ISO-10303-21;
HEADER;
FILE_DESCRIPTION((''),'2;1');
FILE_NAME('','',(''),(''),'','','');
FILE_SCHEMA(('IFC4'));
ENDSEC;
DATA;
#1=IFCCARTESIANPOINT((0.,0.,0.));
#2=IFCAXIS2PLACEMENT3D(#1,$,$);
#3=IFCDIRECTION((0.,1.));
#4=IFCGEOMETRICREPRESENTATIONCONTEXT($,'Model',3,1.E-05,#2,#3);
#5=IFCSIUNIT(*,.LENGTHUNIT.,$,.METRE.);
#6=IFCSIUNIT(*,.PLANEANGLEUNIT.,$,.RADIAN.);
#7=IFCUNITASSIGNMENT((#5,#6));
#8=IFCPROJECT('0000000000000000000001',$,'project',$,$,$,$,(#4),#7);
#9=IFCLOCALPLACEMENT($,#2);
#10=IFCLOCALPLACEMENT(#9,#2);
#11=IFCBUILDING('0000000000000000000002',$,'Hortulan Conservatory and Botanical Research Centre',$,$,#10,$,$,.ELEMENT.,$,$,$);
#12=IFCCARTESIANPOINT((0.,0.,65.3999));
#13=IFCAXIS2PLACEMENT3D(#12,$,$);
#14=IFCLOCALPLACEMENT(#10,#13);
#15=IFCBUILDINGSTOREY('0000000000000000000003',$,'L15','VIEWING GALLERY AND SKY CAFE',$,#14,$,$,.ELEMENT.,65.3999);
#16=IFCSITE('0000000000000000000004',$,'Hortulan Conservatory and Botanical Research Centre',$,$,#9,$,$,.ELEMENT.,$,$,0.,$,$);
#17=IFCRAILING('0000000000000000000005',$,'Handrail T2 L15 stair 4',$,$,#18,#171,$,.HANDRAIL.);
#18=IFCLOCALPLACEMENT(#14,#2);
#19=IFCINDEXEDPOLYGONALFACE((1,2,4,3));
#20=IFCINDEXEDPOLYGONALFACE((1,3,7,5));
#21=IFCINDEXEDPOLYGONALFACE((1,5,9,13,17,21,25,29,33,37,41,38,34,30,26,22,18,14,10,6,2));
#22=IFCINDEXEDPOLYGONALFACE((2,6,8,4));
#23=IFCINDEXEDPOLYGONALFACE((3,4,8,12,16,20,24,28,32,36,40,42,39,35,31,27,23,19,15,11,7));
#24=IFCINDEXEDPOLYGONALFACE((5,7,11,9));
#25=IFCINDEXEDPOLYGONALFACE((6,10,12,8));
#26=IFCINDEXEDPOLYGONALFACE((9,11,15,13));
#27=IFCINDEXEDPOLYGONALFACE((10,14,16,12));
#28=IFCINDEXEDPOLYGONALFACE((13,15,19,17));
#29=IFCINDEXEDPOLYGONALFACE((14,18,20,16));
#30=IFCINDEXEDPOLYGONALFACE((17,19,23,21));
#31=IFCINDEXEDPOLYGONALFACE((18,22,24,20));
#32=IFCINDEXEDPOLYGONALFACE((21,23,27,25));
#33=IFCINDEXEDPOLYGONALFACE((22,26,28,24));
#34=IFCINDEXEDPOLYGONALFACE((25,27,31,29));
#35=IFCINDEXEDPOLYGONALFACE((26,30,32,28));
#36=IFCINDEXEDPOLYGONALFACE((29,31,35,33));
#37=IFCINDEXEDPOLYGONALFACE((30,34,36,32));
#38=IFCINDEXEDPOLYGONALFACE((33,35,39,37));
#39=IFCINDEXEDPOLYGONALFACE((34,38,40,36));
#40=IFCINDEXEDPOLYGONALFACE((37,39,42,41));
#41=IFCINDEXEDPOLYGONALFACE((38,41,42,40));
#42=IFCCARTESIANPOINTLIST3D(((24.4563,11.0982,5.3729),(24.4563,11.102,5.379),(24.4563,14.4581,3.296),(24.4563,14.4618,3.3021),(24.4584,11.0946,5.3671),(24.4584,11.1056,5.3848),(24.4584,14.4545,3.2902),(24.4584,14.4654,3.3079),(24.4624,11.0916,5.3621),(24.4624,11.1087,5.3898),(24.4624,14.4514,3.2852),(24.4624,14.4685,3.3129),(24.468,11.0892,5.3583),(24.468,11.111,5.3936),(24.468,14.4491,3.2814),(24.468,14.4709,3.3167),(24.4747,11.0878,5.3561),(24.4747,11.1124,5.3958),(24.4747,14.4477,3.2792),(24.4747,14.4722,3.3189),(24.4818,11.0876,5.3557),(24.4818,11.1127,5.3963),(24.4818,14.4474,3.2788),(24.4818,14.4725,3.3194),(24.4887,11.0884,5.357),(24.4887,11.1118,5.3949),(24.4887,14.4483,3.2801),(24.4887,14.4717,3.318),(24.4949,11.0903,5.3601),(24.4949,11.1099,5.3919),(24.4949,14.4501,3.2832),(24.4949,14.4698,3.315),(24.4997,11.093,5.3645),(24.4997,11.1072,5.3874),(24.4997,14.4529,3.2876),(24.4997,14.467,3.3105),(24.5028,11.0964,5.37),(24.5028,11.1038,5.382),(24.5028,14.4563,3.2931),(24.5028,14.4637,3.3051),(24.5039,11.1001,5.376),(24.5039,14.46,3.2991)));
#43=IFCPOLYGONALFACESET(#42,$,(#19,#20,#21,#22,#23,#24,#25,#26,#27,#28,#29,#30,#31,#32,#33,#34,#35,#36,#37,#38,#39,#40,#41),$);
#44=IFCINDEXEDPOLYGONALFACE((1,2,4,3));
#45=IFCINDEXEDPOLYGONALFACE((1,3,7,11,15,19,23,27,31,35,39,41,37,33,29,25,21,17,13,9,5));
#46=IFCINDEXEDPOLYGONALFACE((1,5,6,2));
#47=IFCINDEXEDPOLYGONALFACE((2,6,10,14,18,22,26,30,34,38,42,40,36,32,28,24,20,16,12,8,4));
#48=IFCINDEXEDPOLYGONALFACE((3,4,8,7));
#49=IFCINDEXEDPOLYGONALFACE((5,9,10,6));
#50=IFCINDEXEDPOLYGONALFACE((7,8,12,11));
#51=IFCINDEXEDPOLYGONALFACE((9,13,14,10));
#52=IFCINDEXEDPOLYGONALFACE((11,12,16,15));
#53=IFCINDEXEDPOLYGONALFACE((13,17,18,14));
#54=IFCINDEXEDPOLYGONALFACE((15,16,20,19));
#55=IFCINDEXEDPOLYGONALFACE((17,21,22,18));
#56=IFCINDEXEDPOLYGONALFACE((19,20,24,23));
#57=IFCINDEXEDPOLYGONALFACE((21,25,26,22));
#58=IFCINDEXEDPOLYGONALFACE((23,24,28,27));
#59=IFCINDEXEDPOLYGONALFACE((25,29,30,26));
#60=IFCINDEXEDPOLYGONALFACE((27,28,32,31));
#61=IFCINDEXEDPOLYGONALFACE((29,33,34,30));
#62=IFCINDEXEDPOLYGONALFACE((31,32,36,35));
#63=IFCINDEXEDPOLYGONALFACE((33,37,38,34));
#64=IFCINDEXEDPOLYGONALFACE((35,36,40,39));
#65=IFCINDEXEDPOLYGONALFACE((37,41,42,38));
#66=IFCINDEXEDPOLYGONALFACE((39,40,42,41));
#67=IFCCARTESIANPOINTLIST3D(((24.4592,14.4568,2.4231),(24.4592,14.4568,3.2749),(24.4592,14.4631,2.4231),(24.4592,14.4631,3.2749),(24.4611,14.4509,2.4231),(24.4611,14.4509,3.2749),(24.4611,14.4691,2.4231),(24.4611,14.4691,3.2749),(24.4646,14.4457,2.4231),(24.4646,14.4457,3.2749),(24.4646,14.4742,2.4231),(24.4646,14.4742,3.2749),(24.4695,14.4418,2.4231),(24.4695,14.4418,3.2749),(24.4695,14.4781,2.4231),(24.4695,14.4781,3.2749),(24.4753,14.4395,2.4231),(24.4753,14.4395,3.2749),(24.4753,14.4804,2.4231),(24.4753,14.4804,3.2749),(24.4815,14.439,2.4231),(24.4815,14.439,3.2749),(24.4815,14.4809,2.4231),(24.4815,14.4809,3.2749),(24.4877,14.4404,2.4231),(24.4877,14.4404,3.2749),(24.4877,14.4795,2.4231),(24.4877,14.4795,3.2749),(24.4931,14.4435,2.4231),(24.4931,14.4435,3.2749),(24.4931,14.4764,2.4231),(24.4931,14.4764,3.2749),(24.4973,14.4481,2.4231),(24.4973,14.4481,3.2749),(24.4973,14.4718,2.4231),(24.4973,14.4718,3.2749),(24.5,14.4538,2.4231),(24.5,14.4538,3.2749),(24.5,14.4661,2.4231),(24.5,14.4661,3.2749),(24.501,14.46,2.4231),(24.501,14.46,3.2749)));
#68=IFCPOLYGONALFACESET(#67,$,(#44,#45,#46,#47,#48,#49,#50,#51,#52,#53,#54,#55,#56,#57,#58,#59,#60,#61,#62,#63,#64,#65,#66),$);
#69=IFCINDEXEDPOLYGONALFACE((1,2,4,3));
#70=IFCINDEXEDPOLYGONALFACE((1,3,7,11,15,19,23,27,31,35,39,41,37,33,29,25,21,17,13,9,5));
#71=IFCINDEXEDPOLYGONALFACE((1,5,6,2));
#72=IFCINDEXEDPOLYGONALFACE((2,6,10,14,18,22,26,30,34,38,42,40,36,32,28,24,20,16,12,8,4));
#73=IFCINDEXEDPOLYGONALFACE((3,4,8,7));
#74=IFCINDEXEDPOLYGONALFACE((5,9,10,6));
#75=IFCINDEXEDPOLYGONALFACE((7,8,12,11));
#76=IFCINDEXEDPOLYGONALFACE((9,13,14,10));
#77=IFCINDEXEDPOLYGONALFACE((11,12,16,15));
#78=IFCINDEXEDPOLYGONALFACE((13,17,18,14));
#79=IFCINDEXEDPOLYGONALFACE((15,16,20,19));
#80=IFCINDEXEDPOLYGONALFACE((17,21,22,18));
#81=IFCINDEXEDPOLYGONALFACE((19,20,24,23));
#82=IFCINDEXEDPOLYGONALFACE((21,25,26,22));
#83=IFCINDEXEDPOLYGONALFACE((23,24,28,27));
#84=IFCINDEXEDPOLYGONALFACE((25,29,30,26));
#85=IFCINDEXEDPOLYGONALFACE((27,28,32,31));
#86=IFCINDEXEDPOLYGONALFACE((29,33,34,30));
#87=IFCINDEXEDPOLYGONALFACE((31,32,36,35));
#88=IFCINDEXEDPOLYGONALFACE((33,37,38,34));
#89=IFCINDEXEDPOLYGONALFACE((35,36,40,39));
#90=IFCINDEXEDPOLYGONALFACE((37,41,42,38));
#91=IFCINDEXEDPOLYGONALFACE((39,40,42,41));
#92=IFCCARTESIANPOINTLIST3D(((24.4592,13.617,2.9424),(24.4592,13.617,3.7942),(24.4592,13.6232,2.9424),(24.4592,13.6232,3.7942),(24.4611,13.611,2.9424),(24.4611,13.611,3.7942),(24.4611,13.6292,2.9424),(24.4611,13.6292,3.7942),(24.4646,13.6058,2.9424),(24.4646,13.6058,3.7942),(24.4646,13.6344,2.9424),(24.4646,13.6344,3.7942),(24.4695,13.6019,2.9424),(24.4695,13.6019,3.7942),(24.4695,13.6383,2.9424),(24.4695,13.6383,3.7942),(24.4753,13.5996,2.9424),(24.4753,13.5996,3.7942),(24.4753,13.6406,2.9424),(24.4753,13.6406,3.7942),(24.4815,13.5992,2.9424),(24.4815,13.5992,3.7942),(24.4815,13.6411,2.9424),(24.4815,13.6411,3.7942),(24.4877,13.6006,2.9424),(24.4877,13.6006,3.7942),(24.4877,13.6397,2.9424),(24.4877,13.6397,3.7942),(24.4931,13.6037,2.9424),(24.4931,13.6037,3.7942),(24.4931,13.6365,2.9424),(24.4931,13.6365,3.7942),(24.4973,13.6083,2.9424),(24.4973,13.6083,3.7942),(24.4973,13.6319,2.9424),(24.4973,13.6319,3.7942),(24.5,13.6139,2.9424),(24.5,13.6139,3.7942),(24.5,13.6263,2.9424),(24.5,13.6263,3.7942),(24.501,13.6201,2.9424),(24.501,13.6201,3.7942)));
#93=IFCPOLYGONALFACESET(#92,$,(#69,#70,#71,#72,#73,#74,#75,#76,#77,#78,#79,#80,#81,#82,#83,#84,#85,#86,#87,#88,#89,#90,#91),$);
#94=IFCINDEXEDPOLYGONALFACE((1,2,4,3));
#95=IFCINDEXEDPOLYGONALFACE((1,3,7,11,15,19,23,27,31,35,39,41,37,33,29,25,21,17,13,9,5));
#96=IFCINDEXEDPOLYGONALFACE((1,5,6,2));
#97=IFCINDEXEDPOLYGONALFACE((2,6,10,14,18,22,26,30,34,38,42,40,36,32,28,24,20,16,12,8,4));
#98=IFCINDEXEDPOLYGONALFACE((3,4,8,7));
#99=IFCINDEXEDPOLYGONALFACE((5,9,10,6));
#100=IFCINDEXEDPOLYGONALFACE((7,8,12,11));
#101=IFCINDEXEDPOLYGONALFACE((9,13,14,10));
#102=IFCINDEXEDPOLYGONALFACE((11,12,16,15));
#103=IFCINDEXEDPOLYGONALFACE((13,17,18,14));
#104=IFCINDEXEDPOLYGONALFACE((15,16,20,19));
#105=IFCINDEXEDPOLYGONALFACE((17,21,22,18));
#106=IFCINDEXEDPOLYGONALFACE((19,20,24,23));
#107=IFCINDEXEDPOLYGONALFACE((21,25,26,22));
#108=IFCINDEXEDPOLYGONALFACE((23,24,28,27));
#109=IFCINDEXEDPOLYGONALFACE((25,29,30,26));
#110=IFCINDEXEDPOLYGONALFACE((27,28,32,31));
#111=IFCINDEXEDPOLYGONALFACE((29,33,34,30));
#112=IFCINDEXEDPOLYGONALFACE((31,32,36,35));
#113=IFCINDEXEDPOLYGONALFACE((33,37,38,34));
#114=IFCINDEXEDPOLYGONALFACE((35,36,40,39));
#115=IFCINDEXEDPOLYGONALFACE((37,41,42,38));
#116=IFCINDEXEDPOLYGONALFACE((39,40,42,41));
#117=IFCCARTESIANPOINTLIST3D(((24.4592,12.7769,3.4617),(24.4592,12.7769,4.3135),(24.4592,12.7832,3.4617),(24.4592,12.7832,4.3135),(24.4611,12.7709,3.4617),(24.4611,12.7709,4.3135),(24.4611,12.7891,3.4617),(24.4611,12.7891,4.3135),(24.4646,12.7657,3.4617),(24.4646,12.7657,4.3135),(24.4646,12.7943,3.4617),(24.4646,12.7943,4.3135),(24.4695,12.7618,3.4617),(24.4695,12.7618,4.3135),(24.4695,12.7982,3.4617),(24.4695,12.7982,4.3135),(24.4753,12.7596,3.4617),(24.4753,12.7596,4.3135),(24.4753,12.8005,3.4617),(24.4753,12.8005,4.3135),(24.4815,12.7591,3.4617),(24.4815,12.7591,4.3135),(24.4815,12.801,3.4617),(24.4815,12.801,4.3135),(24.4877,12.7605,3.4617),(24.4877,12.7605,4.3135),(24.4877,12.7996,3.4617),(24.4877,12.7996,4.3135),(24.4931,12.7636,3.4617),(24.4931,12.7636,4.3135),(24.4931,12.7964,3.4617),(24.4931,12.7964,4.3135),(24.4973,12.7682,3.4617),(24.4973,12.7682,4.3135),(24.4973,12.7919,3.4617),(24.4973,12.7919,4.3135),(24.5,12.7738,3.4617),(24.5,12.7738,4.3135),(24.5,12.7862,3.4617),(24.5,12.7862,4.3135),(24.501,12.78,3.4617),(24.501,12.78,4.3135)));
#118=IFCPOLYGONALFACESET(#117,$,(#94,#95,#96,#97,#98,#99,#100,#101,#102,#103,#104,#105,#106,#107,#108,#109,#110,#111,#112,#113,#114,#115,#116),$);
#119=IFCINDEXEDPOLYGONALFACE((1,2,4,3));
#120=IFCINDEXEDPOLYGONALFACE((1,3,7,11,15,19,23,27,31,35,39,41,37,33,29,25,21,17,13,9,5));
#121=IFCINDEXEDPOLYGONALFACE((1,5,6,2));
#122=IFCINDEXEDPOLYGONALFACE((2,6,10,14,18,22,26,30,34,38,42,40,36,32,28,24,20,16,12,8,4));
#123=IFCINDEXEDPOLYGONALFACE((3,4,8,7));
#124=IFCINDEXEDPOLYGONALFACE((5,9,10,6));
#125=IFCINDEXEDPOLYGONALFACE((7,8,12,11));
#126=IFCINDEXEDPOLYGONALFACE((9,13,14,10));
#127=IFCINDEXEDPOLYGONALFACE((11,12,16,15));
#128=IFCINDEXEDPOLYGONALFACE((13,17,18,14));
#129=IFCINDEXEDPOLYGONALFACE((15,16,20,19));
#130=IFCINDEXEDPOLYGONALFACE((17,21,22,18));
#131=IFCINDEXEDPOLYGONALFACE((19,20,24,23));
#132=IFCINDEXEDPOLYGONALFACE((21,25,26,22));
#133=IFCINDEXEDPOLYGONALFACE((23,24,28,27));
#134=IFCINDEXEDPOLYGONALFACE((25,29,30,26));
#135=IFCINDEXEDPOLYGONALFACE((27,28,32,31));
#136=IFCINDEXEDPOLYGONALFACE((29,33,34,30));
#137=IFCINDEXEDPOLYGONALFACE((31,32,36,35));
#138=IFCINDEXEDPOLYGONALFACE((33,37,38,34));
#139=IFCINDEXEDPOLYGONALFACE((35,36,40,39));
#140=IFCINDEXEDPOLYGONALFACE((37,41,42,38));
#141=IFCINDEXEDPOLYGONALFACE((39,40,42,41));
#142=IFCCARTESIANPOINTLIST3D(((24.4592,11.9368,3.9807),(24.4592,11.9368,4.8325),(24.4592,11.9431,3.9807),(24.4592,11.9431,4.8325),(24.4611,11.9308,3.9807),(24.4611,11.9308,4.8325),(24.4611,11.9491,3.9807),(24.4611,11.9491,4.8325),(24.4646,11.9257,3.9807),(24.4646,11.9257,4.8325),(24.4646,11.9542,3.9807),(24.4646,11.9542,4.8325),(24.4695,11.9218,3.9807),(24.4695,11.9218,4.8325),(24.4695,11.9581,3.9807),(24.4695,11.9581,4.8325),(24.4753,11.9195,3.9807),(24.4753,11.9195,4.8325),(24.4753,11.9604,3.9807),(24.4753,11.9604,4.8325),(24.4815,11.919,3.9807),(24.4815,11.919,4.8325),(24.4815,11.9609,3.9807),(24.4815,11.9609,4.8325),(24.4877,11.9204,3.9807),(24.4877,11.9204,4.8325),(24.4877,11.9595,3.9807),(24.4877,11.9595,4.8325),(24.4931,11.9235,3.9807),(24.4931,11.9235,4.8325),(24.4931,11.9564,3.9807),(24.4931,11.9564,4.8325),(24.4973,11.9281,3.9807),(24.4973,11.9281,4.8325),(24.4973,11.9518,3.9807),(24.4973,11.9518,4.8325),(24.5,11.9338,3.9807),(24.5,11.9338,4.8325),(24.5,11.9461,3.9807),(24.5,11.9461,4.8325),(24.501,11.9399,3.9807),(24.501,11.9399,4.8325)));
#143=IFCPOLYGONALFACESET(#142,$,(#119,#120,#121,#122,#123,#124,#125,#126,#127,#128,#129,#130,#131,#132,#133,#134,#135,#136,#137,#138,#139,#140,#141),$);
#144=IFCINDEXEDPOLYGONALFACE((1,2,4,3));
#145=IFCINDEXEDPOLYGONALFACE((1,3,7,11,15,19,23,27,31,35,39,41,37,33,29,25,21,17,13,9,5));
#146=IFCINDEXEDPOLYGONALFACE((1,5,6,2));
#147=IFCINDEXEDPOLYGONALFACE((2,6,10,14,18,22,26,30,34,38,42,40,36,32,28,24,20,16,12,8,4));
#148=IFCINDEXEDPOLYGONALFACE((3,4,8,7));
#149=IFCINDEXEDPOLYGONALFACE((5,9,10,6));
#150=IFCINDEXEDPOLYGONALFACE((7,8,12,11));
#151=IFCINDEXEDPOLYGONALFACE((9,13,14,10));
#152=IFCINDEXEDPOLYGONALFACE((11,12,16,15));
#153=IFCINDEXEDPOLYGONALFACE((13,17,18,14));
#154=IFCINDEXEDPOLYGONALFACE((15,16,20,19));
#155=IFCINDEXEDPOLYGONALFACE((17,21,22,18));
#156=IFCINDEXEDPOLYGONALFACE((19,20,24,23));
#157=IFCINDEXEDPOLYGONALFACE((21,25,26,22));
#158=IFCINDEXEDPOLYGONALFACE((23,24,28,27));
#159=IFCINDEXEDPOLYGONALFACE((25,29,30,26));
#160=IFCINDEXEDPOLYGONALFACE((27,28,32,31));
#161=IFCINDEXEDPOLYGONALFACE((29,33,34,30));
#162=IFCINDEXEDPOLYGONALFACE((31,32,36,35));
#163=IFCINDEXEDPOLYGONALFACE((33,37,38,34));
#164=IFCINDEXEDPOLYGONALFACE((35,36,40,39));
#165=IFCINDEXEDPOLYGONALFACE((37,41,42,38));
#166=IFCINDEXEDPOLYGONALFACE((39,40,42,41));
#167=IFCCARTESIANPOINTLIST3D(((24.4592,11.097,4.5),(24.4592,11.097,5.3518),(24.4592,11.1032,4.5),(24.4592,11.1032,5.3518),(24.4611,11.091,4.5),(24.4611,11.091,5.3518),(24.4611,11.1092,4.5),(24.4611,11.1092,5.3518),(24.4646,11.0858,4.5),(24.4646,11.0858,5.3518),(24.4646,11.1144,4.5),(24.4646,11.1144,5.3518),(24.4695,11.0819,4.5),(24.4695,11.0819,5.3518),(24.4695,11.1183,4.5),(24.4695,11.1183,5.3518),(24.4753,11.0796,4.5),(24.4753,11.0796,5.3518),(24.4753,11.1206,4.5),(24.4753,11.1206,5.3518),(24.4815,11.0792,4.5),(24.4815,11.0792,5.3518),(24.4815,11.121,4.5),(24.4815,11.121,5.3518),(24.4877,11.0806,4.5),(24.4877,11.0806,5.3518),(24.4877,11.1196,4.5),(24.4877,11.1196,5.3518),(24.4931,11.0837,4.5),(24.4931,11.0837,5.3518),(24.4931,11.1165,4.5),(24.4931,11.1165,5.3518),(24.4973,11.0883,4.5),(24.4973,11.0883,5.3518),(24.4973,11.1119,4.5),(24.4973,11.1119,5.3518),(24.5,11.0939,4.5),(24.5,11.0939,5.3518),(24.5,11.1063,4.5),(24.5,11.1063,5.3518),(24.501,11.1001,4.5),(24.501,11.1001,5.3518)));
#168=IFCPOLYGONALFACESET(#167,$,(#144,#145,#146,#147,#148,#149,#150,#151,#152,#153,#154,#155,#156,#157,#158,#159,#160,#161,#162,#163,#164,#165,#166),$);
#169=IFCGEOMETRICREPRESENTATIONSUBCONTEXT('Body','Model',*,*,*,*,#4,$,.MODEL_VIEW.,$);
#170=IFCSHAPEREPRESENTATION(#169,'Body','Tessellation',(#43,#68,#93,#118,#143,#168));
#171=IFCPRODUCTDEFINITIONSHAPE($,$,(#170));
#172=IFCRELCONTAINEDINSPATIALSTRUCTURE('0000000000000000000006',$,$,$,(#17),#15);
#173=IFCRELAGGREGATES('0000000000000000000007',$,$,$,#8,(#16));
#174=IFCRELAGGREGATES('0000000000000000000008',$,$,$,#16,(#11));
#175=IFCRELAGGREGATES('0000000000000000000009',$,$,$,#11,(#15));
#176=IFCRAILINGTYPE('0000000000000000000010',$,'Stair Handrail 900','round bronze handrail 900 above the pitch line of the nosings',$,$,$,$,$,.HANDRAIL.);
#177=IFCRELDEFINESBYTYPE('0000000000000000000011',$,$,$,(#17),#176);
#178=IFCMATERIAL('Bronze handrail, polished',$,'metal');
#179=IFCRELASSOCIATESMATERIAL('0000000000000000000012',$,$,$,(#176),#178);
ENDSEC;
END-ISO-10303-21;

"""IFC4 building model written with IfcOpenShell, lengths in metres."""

from ifc_helpers import new_model, si_unit, direction, frame, origin, origin_2d, place, context, subcontext, project, spatial, circle, extrude, material, type_object, element, save


model = new_model("IFC4")

# Units and contexts
model_context = context("Model", 3, precision=1e-05, world=origin(), true_north=direction((0.0, 1.0)))
body_context = subcontext(model_context, "Body", "Model", "MODEL_VIEW")
ifc_project = project(units=[si_unit("LENGTHUNIT", "METRE"), si_unit("PLANEANGLEUNIT", "RADIAN")], contexts=[model_context])

# Site, building, storey
site_placement = place(None, origin())
site = spatial("IfcSite", under=ifc_project, at=site_placement, Name="Hortulan Conservatory and Botanical Research Centre", CompositionType="ELEMENT", RefElevation=0.0)
building_placement = place(site_placement, origin())
building = spatial("IfcBuilding", under=site, at=building_placement, Name="Hortulan Conservatory and Botanical Research Centre", CompositionType="ELEMENT")
storey_placement = place(building_placement, frame((0.0, 0.0, 65.3999)))
storey = spatial("IfcBuildingStorey", under=building, at=storey_placement, Name="L15", Description="VIEWING GALLERY AND SKY CAFE", CompositionType="ELEMENT", Elevation=65.3999)

# Railing
ifc_material_1 = material(Name="Bronze handrail, polished", Category="metal")
railing_type_1 = type_object("IfcRailingType", Name="Stair Handrail 900", Description="round bronze handrail 900 above the pitch line of the nosings", PredefinedType="HANDRAIL", material=ifc_material_1)
for number, where, name in (
    (1, (24.48, 14.46, 2.4231), "Handrail T2 L15 stair 4"),
):
    element("IfcRailing", number, at=place(storey_placement, frame(where)), inside=storey, type_object=railing_type_1, Name=name, PredefinedType="HANDRAIL", context=body_context, shape_type="SweptSolid", body=[
        extrude(circle(Radius=0.0239, at=origin_2d()), frame((0.0, 0.0, 0.876), z_axis=(0.0, -0.850606, 0.525803), x_axis=(1.0, 0.0, 0.0)), (0.0, 0.0, 1.0), 3.95),
        extrude(circle(Radius=0.021, at=origin_2d()), origin(), (0.0, 0.0, 1.0), 0.8518),
        extrude(circle(Radius=0.021, at=origin_2d()), frame((0.0, -0.8398, 0.5193)), (0.0, 0.0, 1.0), 0.8518),
        extrude(circle(Radius=0.021, at=origin_2d()), frame((0.0, -1.6799, 1.0386)), (0.0, 0.0, 1.0), 0.8518),
        extrude(circle(Radius=0.021, at=origin_2d()), frame((0.0, -2.52, 1.5576)), (0.0, 0.0, 1.0), 0.8518),
        extrude(circle(Radius=0.021, at=origin_2d()), frame((0.0, -3.3599, 2.0769)), (0.0, 0.0, 1.0), 0.8518),
    ])

save(model, "model.ifc")
